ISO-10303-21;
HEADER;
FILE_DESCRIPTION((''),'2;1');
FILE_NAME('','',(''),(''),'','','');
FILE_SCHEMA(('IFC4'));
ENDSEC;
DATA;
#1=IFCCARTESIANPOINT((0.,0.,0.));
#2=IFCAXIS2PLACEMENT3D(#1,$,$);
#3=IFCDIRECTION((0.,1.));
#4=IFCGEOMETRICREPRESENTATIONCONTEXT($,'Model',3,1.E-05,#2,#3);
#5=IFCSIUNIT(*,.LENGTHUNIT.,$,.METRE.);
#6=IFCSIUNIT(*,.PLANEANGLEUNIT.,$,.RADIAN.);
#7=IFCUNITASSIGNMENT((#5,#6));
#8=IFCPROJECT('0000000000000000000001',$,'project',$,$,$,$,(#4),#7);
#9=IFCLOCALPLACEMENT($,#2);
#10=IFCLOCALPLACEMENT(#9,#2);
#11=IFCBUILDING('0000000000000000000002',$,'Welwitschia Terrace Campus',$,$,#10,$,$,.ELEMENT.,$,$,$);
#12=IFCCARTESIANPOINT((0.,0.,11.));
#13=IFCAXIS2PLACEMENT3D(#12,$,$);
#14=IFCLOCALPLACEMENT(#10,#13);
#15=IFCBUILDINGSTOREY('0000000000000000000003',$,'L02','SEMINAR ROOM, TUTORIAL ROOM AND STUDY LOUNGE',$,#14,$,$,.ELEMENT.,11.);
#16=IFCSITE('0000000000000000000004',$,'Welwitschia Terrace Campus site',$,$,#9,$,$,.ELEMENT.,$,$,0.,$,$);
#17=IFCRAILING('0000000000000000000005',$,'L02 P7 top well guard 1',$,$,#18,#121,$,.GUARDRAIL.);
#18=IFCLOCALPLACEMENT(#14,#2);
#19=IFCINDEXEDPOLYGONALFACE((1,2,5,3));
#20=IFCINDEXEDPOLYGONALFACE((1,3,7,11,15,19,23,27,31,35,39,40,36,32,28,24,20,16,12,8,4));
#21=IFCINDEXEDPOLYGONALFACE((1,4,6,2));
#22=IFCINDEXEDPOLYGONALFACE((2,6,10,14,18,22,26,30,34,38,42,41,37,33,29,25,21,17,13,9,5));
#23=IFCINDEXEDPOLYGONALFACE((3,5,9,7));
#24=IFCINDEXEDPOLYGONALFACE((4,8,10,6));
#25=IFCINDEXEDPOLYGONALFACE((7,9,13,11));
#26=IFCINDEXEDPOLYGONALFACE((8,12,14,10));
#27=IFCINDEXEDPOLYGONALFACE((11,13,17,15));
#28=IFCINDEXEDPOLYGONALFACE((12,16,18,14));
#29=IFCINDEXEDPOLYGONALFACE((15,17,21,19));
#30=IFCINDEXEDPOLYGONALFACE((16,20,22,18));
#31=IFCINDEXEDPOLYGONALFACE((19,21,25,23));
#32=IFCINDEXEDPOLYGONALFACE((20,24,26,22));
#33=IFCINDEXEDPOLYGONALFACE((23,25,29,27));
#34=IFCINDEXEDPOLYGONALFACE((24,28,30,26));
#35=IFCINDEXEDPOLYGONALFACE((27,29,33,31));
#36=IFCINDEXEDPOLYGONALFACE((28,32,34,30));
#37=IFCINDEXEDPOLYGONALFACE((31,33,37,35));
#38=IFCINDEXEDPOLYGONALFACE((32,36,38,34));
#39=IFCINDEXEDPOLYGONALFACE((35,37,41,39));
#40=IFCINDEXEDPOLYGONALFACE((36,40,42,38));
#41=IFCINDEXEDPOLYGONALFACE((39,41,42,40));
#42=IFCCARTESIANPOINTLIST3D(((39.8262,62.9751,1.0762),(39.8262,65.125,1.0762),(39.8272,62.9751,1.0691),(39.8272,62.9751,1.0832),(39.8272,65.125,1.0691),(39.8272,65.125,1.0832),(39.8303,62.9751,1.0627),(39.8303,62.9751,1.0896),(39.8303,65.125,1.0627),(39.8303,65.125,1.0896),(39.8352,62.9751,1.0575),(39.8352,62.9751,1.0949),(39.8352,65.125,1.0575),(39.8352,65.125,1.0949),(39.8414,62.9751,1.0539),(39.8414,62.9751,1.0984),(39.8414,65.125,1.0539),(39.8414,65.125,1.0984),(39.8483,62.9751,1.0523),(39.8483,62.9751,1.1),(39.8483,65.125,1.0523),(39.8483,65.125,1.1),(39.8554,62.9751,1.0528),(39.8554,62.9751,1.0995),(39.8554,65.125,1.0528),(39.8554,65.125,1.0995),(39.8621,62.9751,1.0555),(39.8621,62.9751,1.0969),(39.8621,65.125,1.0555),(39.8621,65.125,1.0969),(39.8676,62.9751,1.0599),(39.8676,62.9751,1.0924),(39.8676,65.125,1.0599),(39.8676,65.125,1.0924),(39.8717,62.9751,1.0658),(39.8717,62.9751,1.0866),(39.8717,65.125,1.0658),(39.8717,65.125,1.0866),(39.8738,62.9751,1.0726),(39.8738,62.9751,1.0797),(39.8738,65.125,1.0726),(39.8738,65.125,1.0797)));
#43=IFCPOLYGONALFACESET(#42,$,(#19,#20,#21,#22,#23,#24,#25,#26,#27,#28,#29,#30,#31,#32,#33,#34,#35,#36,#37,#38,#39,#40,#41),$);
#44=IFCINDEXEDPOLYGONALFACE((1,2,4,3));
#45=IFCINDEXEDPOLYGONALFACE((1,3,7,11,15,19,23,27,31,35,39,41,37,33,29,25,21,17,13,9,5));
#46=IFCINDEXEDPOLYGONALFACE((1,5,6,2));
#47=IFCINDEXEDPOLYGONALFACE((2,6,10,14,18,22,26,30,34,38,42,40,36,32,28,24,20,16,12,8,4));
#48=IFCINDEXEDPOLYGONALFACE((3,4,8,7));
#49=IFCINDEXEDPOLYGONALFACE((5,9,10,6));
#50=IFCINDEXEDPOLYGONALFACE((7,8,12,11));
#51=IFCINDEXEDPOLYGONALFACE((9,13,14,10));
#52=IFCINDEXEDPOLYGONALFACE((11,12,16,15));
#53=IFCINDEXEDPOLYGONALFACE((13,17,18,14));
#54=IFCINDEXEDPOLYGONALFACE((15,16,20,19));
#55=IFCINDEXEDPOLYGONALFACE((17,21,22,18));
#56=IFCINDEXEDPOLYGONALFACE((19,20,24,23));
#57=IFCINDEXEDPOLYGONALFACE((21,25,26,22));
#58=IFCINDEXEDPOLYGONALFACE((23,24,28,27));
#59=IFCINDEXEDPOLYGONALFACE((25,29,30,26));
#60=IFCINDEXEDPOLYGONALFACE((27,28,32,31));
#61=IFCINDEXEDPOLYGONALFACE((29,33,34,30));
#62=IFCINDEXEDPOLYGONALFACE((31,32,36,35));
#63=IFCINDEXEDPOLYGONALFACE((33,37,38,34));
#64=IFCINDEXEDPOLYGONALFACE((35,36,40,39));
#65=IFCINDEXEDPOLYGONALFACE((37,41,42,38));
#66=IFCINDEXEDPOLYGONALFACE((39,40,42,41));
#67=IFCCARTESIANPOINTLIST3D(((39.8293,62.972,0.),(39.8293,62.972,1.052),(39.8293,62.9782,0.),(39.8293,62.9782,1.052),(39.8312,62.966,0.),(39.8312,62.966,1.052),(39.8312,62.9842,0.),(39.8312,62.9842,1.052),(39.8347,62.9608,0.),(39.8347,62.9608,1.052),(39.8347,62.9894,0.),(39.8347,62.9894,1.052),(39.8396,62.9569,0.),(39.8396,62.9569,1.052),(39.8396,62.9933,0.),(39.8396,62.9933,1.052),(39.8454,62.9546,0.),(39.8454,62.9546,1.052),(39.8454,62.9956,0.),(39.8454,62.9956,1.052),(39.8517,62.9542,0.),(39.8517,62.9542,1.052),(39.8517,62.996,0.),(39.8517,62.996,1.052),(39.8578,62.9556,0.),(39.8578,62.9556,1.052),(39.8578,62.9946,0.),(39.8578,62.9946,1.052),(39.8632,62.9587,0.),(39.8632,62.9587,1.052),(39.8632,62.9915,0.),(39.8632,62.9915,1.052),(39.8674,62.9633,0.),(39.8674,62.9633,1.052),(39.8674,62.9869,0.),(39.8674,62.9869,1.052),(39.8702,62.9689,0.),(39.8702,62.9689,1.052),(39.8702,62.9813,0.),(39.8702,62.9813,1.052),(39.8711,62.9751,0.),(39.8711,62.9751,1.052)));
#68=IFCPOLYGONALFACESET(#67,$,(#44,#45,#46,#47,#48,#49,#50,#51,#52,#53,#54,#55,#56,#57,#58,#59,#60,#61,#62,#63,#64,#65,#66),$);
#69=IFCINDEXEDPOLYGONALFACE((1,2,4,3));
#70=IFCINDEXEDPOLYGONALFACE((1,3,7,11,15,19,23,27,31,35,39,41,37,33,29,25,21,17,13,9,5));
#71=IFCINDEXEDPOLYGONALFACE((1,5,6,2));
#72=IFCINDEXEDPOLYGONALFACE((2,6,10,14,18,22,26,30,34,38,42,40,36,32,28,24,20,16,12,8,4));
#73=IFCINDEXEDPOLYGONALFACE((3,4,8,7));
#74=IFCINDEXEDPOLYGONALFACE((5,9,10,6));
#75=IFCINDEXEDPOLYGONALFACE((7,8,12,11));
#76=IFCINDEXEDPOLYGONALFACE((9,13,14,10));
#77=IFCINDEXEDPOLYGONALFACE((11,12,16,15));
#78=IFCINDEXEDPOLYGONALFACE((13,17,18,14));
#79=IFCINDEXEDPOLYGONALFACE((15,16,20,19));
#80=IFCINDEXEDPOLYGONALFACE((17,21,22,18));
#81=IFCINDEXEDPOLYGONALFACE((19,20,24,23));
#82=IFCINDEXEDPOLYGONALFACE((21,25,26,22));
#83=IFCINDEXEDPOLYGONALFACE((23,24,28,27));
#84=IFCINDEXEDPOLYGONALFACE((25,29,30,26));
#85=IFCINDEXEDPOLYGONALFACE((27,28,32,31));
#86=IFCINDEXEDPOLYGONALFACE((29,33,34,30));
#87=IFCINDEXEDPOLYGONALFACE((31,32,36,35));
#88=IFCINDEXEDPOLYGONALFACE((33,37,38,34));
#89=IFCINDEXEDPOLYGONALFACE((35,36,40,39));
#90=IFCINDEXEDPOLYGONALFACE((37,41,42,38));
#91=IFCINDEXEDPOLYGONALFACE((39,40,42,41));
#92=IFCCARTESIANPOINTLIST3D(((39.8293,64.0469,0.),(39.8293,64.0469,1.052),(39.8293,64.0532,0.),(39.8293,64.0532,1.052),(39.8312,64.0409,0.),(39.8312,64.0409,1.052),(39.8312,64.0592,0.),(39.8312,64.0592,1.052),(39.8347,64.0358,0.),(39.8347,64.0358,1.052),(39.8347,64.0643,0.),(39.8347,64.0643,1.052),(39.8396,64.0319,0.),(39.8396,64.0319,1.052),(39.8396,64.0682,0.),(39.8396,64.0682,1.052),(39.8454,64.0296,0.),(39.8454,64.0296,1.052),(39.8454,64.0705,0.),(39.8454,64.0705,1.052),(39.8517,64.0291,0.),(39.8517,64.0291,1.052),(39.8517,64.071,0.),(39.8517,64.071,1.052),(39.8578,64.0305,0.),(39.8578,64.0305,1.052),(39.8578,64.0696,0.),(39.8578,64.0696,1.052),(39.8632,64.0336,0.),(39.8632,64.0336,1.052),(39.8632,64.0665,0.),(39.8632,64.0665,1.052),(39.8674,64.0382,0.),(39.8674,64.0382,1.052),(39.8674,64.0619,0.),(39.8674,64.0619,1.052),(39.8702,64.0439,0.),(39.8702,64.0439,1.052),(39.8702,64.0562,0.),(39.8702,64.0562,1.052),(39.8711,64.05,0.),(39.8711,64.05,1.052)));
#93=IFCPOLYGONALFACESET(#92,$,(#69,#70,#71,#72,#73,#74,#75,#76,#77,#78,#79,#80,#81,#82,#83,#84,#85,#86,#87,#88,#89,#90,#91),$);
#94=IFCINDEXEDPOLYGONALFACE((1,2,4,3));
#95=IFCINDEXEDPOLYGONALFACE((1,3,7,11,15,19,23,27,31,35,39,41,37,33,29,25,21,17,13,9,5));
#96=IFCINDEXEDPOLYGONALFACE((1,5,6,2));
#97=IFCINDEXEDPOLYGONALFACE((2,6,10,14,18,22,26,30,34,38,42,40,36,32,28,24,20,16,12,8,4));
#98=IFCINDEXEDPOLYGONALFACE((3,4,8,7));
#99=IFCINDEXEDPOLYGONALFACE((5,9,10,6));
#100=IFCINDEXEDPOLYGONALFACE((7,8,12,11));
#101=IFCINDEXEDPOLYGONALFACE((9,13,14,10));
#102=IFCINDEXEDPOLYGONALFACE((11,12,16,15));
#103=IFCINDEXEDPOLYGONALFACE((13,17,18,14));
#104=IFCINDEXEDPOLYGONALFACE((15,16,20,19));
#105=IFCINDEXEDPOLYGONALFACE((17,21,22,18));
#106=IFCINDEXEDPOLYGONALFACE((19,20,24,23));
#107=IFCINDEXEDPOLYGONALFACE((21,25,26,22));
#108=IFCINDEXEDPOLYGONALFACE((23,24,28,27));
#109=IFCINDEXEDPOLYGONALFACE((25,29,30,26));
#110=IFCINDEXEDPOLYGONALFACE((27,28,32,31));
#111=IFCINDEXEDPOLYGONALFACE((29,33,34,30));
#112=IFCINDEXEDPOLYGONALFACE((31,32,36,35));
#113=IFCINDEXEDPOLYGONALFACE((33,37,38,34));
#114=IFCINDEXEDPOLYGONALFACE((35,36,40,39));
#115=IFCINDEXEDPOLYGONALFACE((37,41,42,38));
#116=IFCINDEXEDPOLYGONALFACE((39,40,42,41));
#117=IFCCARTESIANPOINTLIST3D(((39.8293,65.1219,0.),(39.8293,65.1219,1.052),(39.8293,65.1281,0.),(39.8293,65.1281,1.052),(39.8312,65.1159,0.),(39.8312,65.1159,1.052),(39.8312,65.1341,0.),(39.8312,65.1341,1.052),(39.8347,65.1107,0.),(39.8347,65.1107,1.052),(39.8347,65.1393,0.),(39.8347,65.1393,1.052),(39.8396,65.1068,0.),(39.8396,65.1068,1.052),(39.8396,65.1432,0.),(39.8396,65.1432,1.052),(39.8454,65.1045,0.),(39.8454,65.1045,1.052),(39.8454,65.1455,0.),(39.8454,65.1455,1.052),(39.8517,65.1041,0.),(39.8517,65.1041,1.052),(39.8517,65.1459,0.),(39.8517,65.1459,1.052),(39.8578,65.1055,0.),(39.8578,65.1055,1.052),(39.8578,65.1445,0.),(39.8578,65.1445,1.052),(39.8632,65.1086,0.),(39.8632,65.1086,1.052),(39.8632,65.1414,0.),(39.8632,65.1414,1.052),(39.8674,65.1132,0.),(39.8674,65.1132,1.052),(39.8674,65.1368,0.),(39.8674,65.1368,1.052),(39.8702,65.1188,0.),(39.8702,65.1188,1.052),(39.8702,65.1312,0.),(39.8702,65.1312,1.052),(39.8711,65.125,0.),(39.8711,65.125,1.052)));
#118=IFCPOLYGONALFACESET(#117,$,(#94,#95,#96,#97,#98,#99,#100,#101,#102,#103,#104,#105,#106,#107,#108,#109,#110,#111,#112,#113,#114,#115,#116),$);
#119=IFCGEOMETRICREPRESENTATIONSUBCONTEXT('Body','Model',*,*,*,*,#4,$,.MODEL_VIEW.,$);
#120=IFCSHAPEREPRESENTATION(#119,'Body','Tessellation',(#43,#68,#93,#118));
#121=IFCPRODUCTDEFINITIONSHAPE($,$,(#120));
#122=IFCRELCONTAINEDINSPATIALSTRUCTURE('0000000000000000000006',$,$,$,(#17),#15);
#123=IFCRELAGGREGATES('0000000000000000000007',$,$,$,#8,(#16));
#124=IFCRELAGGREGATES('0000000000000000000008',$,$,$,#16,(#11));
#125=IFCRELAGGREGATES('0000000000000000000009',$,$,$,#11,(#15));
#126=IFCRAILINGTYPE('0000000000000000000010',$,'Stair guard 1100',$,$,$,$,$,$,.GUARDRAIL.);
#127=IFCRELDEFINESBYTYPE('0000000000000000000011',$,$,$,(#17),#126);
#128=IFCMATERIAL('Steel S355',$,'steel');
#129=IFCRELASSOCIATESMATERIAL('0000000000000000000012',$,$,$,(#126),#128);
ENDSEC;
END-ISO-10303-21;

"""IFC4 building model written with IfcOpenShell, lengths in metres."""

from ifc_helpers import new_model, si_unit, direction, frame, origin, origin_2d, place, context, subcontext, project, spatial, circle, extrude, material, type_object, element, save


model = new_model("IFC4")

# Units and contexts
model_context = context("Model", 3, precision=1e-05, world=origin(), true_north=direction((0.0, 1.0)))
body_context = subcontext(model_context, "Body", "Model", "MODEL_VIEW")
ifc_project = project(units=[si_unit("LENGTHUNIT", "METRE"), si_unit("PLANEANGLEUNIT", "RADIAN")], contexts=[model_context])

# Site, building, storey
site_placement = place(None, origin())
site = spatial("IfcSite", under=ifc_project, at=site_placement, Name="Welwitschia Terrace Campus site", CompositionType="ELEMENT", RefElevation=0.0)
building_placement = place(site_placement, origin())
building = spatial("IfcBuilding", under=site, at=building_placement, Name="Welwitschia Terrace Campus", CompositionType="ELEMENT")
storey_placement = place(building_placement, frame((0.0, 0.0, 11.0)))
storey = spatial("IfcBuildingStorey", under=building, at=storey_placement, Name="L02", Description="SEMINAR ROOM, TUTORIAL ROOM AND STUDY LOUNGE", CompositionType="ELEMENT", Elevation=11.0)

# Railing
ifc_material_1 = material(Name="Steel S355", Category="steel")
railing_type = type_object("IfcRailingType", Name="Stair guard 1100", PredefinedType="GUARDRAIL", material=ifc_material_1)
railing_placement = place(storey_placement, frame((39.8501, 62.9751, 0.0)))
element("IfcRailing", 1, at=railing_placement, inside=storey, type_object=railing_type, Name="L02 P7 top well guard 1", PredefinedType="GUARDRAIL", context=body_context, shape_type="SweptSolid", body=[
    extrude(circle(Radius=0.0239, at=origin_2d()), frame((0.0, 0.0, 1.0762), z_axis=(0.0, 1.0, 0.0), x_axis=(-1.0, 0.0, 0.0)), (0.0, 0.0, 1.0), 2.1499),
    extrude(circle(Radius=0.021, at=origin_2d()), origin(), (0.0, 0.0, 1.0), 1.052),
    extrude(circle(Radius=0.021, at=origin_2d()), frame((0.0, 1.075, 0.0)), (0.0, 0.0, 1.0), 1.052),
    extrude(circle(Radius=0.021, at=origin_2d()), frame((0.0, 2.1499, 0.0)), (0.0, 0.0, 1.0), 1.052),
])

save(model, "model.ifc")
